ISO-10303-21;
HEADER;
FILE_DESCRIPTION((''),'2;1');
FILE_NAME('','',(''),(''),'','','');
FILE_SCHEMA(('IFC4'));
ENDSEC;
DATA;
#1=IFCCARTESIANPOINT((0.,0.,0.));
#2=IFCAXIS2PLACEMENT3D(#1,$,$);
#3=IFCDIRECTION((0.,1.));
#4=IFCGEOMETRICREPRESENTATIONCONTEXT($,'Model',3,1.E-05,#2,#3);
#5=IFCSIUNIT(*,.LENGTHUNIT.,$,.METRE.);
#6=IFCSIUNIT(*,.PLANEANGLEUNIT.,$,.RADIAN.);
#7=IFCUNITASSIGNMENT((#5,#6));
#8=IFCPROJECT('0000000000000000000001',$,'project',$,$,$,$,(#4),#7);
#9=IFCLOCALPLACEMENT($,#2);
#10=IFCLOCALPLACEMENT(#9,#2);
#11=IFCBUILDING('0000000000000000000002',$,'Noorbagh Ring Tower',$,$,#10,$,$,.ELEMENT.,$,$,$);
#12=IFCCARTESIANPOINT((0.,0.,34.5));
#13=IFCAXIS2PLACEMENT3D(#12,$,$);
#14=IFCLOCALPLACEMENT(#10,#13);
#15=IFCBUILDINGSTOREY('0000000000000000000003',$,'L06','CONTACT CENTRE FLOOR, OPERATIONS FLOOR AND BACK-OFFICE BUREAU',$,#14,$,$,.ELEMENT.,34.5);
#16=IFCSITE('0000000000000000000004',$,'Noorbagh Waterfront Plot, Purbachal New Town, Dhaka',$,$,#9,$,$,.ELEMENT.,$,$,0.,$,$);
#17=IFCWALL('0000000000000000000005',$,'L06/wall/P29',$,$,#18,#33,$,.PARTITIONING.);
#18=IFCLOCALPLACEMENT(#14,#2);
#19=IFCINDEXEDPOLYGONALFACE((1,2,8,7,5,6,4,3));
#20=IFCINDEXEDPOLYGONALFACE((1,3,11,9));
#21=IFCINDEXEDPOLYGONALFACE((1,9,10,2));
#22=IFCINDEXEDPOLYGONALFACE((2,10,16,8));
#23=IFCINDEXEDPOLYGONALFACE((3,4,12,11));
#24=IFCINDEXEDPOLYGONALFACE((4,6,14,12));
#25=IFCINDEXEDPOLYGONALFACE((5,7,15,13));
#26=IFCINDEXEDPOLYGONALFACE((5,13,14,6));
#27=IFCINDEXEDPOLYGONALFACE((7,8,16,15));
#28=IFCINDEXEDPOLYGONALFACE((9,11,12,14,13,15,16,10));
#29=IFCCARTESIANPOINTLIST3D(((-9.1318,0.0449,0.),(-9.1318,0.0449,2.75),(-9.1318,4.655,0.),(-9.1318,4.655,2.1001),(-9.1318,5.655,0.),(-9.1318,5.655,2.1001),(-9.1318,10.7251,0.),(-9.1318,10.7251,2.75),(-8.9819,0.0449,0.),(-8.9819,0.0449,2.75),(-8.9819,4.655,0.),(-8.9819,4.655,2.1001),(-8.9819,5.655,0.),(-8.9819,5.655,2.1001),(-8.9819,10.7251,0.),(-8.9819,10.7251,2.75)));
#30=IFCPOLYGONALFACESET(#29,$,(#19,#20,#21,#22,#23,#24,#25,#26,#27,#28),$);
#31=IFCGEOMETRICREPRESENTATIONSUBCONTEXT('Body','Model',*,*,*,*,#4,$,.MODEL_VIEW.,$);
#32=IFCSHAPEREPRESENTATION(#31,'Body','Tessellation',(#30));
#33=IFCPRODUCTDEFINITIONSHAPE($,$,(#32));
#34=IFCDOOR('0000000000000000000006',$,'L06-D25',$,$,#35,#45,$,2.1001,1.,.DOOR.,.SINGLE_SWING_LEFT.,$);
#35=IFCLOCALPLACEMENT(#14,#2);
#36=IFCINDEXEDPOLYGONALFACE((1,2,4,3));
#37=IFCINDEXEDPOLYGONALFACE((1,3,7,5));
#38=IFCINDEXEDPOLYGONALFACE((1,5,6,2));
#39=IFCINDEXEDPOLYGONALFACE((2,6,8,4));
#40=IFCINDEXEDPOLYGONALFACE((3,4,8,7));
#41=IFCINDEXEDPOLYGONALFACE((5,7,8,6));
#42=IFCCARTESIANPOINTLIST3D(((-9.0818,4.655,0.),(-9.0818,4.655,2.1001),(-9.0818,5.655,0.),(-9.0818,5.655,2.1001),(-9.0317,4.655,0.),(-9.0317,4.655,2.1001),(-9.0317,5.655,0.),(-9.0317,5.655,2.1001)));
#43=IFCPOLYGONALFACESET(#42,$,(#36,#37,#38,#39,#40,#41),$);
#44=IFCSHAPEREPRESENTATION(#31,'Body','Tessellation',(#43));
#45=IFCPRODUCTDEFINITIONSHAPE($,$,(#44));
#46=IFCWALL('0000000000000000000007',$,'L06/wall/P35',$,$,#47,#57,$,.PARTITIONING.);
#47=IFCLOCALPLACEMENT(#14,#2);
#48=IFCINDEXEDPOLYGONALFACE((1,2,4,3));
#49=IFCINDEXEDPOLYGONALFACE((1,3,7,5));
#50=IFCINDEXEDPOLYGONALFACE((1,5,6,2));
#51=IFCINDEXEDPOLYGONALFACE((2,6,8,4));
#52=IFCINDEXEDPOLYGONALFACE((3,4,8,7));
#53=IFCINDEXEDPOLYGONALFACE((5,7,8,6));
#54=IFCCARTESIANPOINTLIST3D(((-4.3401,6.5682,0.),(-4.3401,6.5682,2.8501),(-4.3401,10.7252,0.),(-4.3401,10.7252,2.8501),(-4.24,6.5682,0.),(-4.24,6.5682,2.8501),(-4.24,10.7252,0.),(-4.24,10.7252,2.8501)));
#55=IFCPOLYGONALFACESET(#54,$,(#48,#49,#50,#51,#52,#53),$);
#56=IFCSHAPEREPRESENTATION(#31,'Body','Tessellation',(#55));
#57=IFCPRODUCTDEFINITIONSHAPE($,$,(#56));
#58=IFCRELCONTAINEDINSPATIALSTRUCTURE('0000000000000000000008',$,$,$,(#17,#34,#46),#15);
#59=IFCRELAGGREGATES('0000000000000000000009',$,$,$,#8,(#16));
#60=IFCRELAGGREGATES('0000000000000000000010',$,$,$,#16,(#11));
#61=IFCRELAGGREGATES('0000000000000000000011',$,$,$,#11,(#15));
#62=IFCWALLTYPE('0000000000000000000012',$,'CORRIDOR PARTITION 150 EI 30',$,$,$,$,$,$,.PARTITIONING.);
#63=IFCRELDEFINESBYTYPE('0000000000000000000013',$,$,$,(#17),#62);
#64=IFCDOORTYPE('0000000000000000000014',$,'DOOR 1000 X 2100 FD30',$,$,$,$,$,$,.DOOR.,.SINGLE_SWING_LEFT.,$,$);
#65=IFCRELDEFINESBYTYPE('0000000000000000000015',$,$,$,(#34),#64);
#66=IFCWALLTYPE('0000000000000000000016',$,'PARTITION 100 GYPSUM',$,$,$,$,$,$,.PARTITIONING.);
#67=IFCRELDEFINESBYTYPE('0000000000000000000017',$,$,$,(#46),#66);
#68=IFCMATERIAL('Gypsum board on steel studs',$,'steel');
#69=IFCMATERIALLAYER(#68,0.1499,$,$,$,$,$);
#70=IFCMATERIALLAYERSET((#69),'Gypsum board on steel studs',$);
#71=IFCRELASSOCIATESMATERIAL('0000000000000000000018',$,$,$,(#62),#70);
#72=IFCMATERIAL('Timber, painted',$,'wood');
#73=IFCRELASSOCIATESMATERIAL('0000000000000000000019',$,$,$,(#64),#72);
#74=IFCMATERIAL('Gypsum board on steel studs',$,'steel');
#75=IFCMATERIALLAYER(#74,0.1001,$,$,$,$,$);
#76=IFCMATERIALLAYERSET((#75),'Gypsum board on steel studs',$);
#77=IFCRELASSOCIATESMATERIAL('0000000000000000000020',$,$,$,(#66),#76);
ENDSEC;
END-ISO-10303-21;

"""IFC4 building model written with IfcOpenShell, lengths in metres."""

from ifc_helpers import new_model, si_unit, direction, frame, frame_2d, origin, place, context, subcontext, project, spatial, rectangle, extrude, material, layer, layer_set, type_object, element, fill, save


model = new_model("IFC4")

# Units and contexts
model_context = context("Model", 3, precision=1e-05, world=origin(), true_north=direction((0.0, 1.0)))
body_context = subcontext(model_context, "Body", "Model", "MODEL_VIEW")
ifc_project = project(units=[si_unit("LENGTHUNIT", "METRE"), si_unit("PLANEANGLEUNIT", "RADIAN")], contexts=[model_context])

# Site, building, storey
site_placement = place(None, origin())
site = spatial("IfcSite", under=ifc_project, at=site_placement, Name="Noorbagh Waterfront Plot, Purbachal New Town, Dhaka", CompositionType="ELEMENT", RefElevation=0.0)
building_placement = place(site_placement, origin())
building = spatial("IfcBuilding", under=site, at=building_placement, Name="Noorbagh Ring Tower", CompositionType="ELEMENT")
storey_placement = place(building_placement, frame((0.0, 0.0, 34.5)))
storey = spatial("IfcBuildingStorey", under=building, at=storey_placement, Name="L06", Description="CONTACT CENTRE FLOOR, OPERATIONS FLOOR AND BACK-OFFICE BUREAU", CompositionType="ELEMENT", Elevation=34.5)

# Wall, opening, door
ifc_material_1 = material(Name="Gypsum board on steel studs", Category="steel")
ifc_layer_1 = layer(ifc_material_1, 0.1499)
ifc_layer_set_1 = layer_set([ifc_layer_1], Name="Gypsum board on steel studs")
wall_type_1 = type_object("IfcWallType", Name="CORRIDOR PARTITION 150 EI 30", PredefinedType="PARTITIONING", material=ifc_layer_set_1)
wall_1_placement = place(storey_placement, frame((-9.0569, 0.0449, 0.0), z_axis=(0.0, 0.0, 1.0), x_axis=(0.0, 1.0, 0.0)))
wall_1 = element("IfcWall", 1, at=wall_1_placement, inside=storey, type_object=wall_type_1, Name="L06/wall/P29", PredefinedType="PARTITIONING", context=body_context, shape_type="SweptSolid", body=[
    extrude(rectangle(XDim=10.6802, YDim=0.1499, at=frame_2d((5.3401, 0.0))), origin(), (0.0, 0.0, 1.0), 2.75),
])
opening_placement = place(wall_1_placement, frame((4.6101, 0.0, 0.0)))
opening = element("IfcOpeningElement", 2, at=opening_placement, cuts=wall_1, PredefinedType="OPENING", context=body_context, shape_type="SweptSolid", body=[
    extrude(rectangle(XDim=1.0, YDim=2.1001, at=frame_2d((0.5, 1.05))), frame((0.0, 0.085, 0.0), z_axis=(0.0, -1.0, 0.0), x_axis=(1.0, 0.0, 0.0)), (0.0, 0.0, 1.0), 0.1699),
])
ifc_material_2 = material(Name="Timber, painted", Category="wood")
door_type = type_object("IfcDoorType", Name="DOOR 1000 X 2100 FD30", OperationType="SINGLE_SWING_LEFT", PredefinedType="DOOR", material=ifc_material_2)
door_placement = place(opening_placement, origin())
door = element("IfcDoor", 3, at=door_placement, inside=storey, type_object=door_type, Name="L06-D25", OperationType="SINGLE_SWING_LEFT", OverallHeight=2.1001, OverallWidth=1.0, PredefinedType="DOOR", context=body_context, shape_type="SweptSolid", body=[
    extrude(rectangle(XDim=1.0, YDim=2.1001, at=frame_2d((0.5, 1.05))), frame((0.0, 0.0249, 0.0), z_axis=(0.0, -1.0, 0.0), x_axis=(1.0, 0.0, 0.0)), (0.0, 0.0, 1.0), 0.05),
])
fill(opening, door)

# Wall
ifc_material_3 = material(Name="Gypsum board on steel studs", Category="steel")
ifc_layer_2 = layer(ifc_material_3, 0.1001)
ifc_layer_set_2 = layer_set([ifc_layer_2], Name="Gypsum board on steel studs")
wall_type_2 = type_object("IfcWallType", Name="PARTITION 100 GYPSUM", PredefinedType="PARTITIONING", material=ifc_layer_set_2)
wall_2_placement = place(storey_placement, frame((-4.29, 6.5681, 0.0), z_axis=(0.0, 0.0, 1.0), x_axis=(0.0, 1.0, 0.0)))
element("IfcWall", 4, at=wall_2_placement, inside=storey, type_object=wall_type_2, Name="L06/wall/P35", PredefinedType="PARTITIONING", context=body_context, shape_type="SweptSolid", body=[
    extrude(rectangle(XDim=4.157, YDim=0.1001, at=frame_2d((2.0786, 0.0))), origin(), (0.0, 0.0, 1.0), 2.8501),
])

save(model, "model.ifc")
